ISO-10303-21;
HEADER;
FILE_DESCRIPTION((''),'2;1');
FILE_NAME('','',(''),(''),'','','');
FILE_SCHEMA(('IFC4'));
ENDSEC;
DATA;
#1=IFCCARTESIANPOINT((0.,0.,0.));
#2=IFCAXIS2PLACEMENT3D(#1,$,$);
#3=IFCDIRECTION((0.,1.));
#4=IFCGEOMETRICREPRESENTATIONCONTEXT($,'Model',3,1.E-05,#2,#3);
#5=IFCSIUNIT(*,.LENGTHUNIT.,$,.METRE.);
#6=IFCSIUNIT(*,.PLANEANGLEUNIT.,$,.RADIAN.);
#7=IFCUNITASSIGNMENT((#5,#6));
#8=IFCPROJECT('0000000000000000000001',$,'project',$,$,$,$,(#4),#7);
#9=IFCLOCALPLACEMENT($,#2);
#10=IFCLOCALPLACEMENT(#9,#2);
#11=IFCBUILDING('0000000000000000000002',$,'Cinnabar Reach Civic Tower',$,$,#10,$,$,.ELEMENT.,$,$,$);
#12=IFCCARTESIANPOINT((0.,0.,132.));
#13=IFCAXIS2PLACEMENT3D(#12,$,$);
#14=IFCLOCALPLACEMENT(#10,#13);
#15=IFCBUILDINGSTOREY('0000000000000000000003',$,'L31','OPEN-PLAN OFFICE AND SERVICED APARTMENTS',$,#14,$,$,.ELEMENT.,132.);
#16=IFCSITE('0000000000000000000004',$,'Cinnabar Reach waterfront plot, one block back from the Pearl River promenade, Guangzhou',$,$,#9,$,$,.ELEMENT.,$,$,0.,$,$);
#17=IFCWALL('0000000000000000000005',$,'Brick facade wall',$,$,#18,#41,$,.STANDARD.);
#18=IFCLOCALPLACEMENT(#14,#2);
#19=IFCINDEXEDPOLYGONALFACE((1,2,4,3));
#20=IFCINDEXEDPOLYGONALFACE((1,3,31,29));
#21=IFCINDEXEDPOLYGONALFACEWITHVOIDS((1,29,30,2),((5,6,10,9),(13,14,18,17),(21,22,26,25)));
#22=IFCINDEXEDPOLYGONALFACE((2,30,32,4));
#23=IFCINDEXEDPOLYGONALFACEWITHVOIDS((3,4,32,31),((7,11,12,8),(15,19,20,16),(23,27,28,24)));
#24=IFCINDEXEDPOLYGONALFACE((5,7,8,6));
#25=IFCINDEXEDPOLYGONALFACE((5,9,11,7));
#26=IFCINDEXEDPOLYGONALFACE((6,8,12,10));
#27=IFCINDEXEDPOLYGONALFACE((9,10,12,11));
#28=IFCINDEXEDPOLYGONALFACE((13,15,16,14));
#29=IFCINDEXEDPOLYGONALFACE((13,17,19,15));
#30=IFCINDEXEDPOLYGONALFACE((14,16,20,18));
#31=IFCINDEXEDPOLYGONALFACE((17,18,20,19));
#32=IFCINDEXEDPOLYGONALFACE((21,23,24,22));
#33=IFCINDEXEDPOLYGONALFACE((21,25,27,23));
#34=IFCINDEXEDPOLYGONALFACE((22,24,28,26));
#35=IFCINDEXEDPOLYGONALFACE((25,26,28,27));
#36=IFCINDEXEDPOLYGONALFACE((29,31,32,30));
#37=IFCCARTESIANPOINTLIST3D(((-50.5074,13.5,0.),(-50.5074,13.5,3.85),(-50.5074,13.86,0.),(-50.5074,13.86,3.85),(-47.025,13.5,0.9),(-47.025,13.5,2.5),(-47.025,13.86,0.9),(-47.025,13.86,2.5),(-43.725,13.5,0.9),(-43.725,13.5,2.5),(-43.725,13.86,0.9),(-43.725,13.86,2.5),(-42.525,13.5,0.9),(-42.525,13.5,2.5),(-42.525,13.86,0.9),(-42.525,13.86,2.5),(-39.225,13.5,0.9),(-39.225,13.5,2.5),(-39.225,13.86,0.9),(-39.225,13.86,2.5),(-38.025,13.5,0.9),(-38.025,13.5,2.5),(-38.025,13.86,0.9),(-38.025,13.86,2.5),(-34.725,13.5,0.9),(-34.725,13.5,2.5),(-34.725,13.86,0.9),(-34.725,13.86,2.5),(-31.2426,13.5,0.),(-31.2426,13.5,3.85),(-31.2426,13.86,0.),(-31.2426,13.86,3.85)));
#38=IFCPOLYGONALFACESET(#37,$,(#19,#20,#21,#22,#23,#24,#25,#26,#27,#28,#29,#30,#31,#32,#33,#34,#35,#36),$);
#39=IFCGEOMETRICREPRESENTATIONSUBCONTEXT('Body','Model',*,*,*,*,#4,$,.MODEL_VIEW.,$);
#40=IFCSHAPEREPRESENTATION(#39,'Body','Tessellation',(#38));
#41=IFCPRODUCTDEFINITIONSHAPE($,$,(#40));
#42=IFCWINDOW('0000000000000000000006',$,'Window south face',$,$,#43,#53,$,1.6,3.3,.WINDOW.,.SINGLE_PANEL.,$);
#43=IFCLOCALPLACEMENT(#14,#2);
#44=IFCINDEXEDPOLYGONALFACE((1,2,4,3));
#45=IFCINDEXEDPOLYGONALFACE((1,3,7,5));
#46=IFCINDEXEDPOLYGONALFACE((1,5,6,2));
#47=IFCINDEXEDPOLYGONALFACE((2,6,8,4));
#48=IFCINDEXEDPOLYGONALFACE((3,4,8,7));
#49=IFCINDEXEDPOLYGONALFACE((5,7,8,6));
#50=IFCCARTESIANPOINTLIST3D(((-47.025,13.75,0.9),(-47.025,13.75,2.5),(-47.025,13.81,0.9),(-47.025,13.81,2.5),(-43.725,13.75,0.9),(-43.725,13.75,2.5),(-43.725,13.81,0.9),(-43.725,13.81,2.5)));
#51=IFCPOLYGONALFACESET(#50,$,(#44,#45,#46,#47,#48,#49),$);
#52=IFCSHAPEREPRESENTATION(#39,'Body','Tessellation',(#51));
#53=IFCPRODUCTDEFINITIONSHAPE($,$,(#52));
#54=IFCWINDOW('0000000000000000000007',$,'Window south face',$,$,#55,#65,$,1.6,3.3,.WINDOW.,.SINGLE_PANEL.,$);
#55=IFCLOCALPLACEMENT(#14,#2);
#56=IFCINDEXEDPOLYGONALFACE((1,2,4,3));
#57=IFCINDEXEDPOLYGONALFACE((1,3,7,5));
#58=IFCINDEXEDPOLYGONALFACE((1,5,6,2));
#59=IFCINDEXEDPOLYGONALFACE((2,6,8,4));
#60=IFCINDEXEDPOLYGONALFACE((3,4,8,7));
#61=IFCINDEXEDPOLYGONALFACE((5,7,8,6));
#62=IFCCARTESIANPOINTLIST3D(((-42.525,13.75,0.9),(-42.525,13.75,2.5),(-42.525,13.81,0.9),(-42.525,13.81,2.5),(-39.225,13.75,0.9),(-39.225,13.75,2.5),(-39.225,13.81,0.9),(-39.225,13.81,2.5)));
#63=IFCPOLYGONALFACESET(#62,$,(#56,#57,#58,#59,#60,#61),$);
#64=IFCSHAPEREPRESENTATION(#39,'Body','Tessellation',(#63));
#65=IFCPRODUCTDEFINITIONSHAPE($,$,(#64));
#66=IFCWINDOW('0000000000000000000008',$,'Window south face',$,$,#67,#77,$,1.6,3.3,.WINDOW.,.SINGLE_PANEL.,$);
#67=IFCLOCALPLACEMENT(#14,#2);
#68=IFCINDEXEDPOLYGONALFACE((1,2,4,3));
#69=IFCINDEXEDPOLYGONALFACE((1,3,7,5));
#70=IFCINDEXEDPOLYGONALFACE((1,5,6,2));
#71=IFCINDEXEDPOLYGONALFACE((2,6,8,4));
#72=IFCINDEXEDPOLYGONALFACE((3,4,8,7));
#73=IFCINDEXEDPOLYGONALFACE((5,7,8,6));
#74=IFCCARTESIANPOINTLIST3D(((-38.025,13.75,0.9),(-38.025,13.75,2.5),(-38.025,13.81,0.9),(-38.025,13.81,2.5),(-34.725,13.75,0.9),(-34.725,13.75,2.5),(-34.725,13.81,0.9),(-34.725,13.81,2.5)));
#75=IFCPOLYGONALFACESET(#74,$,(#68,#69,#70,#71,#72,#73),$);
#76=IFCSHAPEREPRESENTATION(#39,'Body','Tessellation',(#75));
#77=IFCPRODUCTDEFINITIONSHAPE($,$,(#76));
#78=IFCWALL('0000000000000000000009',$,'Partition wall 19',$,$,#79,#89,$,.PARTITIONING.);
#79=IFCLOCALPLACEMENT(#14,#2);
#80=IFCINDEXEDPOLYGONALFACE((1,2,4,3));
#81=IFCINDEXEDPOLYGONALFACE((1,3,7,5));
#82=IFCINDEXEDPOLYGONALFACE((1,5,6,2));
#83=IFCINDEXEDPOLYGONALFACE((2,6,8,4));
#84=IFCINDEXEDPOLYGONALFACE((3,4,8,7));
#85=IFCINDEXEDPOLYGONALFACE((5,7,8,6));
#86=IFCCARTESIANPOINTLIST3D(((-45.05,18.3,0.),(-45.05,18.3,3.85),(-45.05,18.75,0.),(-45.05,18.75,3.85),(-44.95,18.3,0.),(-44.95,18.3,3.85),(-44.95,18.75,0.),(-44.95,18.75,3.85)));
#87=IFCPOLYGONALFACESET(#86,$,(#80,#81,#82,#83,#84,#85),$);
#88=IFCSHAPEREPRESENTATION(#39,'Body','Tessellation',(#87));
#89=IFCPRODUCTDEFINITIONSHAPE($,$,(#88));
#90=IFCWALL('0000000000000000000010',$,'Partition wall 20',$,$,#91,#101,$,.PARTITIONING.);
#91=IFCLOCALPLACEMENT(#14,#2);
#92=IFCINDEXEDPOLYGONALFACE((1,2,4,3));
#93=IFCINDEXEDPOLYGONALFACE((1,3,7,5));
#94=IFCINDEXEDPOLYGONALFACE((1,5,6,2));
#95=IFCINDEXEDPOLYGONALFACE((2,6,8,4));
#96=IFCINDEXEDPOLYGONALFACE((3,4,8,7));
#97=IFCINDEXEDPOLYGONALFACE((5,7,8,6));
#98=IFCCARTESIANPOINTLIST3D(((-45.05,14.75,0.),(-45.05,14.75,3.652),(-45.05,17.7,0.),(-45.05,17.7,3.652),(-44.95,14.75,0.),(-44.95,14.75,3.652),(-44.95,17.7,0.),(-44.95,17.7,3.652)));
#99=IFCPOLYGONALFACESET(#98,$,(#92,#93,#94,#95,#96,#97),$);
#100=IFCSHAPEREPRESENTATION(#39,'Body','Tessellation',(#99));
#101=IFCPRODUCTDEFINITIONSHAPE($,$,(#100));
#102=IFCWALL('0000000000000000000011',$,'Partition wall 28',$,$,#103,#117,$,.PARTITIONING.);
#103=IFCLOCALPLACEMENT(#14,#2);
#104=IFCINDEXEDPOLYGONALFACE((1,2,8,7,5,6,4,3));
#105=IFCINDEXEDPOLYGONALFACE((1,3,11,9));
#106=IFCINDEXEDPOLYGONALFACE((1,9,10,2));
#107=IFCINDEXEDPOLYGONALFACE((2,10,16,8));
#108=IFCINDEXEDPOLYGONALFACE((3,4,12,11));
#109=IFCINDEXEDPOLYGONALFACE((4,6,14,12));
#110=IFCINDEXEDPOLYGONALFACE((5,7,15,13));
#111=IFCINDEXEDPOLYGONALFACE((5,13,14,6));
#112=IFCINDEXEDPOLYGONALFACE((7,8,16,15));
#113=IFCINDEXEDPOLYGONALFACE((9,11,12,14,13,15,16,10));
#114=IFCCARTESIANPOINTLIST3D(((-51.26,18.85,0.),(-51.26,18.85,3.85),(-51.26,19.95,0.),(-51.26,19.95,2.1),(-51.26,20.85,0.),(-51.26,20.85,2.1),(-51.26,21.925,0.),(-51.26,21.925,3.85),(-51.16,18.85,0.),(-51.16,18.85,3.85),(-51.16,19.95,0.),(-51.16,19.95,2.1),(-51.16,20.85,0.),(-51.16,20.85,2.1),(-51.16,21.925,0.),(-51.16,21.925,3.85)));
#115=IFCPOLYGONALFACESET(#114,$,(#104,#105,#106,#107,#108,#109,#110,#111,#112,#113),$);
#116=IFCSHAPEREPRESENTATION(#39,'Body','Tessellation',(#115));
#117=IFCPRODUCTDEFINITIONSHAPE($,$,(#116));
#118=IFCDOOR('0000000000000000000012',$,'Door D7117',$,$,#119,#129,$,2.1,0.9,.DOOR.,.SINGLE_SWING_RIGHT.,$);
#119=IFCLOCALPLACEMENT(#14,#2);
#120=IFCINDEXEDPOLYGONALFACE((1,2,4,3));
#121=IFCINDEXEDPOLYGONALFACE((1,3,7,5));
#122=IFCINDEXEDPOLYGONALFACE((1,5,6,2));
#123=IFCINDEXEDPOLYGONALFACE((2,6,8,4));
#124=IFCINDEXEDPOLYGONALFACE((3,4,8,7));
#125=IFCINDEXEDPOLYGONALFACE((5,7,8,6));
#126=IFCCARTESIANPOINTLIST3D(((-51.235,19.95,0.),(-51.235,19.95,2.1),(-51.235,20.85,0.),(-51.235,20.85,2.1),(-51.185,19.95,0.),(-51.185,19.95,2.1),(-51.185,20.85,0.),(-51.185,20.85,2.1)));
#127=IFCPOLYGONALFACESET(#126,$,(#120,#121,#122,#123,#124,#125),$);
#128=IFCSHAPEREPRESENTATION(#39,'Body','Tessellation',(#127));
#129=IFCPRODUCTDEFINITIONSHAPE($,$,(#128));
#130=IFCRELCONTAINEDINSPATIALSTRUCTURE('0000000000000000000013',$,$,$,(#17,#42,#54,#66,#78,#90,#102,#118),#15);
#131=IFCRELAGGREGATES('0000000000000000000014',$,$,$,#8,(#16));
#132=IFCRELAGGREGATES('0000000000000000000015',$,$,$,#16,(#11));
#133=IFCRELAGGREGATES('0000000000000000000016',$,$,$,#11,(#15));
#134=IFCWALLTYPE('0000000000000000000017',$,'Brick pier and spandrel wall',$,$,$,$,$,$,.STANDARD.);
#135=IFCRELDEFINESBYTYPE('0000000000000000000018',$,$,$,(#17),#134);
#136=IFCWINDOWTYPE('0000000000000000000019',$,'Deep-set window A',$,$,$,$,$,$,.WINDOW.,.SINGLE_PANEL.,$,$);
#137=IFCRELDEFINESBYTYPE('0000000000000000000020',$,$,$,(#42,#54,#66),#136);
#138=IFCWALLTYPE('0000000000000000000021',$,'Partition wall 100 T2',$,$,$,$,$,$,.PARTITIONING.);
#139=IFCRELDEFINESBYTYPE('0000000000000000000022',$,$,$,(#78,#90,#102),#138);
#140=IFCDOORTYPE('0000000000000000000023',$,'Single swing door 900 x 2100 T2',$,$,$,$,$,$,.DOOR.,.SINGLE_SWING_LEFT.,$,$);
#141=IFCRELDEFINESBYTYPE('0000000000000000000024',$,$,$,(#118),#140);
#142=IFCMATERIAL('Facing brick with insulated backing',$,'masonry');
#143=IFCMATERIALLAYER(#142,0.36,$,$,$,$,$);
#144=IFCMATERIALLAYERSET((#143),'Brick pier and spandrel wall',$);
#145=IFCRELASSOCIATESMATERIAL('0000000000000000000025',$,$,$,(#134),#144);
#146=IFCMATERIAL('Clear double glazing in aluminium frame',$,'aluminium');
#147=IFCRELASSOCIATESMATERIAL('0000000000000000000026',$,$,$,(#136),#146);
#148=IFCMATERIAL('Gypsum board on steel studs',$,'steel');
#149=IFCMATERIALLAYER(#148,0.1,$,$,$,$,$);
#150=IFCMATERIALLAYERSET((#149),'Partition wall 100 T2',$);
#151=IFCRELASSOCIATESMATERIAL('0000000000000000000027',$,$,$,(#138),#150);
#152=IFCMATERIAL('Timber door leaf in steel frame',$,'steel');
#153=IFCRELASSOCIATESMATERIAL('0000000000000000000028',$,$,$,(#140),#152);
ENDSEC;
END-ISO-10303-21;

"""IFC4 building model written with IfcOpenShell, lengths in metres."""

from ifc_helpers import new_model, si_unit, direction, frame, frame_2d, origin, place, context, subcontext, project, spatial, rectangle, extrude, material, layer, layer_set, type_object, element, fill, save


model = new_model("IFC4")

# Units and contexts
model_context = context("Model", 3, precision=1e-05, world=origin(), true_north=direction((0.0, 1.0)))
body_context = subcontext(model_context, "Body", "Model", "MODEL_VIEW")
ifc_project = project(units=[si_unit("LENGTHUNIT", "METRE"), si_unit("PLANEANGLEUNIT", "RADIAN")], contexts=[model_context])

# Site, building, storey
site_placement = place(None, origin())
site = spatial("IfcSite", under=ifc_project, at=site_placement, Name="Cinnabar Reach waterfront plot, one block back from the Pearl River promenade, Guangzhou", CompositionType="ELEMENT", RefElevation=0.0)
building_placement = place(site_placement, origin())
building = spatial("IfcBuilding", under=site, at=building_placement, Name="Cinnabar Reach Civic Tower", CompositionType="ELEMENT")
storey_placement = place(building_placement, frame((0.0, 0.0, 132.0)))
storey = spatial("IfcBuildingStorey", under=building, at=storey_placement, Name="L31", Description="OPEN-PLAN OFFICE AND SERVICED APARTMENTS", CompositionType="ELEMENT", Elevation=132.0)

# Shared definitions
ifc_material_1 = material(Name="Facing brick with insulated backing", Category="masonry")

# Wall, openings, windows
ifc_layer_1 = layer(ifc_material_1, 0.36)
ifc_layer_set_1 = layer_set([ifc_layer_1], Name="Brick pier and spandrel wall")
wall_type_1 = type_object("IfcWallType", Name="Brick pier and spandrel wall", PredefinedType="STANDARD", material=ifc_layer_set_1)
wall_1_placement = place(storey_placement, frame((-50.5074, 13.68, 0.0), z_axis=(0.0, 0.0, 1.0), x_axis=(1.0, 0.0, 0.0)))
wall_1 = element("IfcWall", 1, at=wall_1_placement, inside=storey, type_object=wall_type_1, Name="Brick facade wall", PredefinedType="STANDARD", context=body_context, shape_type="SweptSolid", body=[
    extrude(rectangle(XDim=19.2648, YDim=0.36, at=frame_2d((9.6324, 0.0))), origin(), (0.0, 0.0, 1.0), 3.85),
])
opening_1_placement = place(wall_1_placement, frame((3.4824, 0.0, 0.9)))
opening_1 = element("IfcOpeningElement", 2, at=opening_1_placement, cuts=wall_1, PredefinedType="OPENING", context=body_context, shape_type="SweptSolid", body=[
    extrude(rectangle(XDim=3.3, YDim=1.6, at=frame_2d((1.65, 0.8))), frame((0.0, 0.19, 0.0), z_axis=(0.0, -1.0, 0.0), x_axis=(1.0, 0.0, 0.0)), (0.0, 0.0, 1.0), 0.38),
])
opening_2_placement = place(wall_1_placement, frame((7.9824, 0.0, 0.9)))
opening_2 = element("IfcOpeningElement", 3, at=opening_2_placement, cuts=wall_1, PredefinedType="OPENING", context=body_context, shape_type="SweptSolid", body=[
    extrude(rectangle(XDim=3.3, YDim=1.6, at=frame_2d((1.65, 0.8))), frame((0.0, 0.19, 0.0), z_axis=(0.0, -1.0, 0.0), x_axis=(1.0, 0.0, 0.0)), (0.0, 0.0, 1.0), 0.38),
])
opening_3_placement = place(wall_1_placement, frame((12.4824, 0.0, 0.9)))
opening_3 = element("IfcOpeningElement", 4, at=opening_3_placement, cuts=wall_1, PredefinedType="OPENING", context=body_context, shape_type="SweptSolid", body=[
    extrude(rectangle(XDim=3.3, YDim=1.6, at=frame_2d((1.65, 0.8))), frame((0.0, 0.19, 0.0), z_axis=(0.0, -1.0, 0.0), x_axis=(1.0, 0.0, 0.0)), (0.0, 0.0, 1.0), 0.38),
])
ifc_material_2 = material(Name="Clear double glazing in aluminium frame", Category="aluminium")
window_type = type_object("IfcWindowType", Name="Deep-set window A", PartitioningType="SINGLE_PANEL", PredefinedType="WINDOW", material=ifc_material_2)
window_1_placement = place(opening_1_placement, origin())
window_1 = element("IfcWindow", 5, at=window_1_placement, inside=storey, type_object=window_type, Name="Window south face", OverallHeight=1.6, OverallWidth=3.3, PartitioningType="SINGLE_PANEL", PredefinedType="WINDOW", context=body_context, shape_type="SweptSolid", body=[
    extrude(rectangle(XDim=3.3, YDim=1.6, at=frame_2d((1.65, 0.8))), frame((0.0, 0.13, 0.0), z_axis=(0.0, -1.0, 0.0), x_axis=(1.0, 0.0, 0.0)), (0.0, 0.0, 1.0), 0.06),
])
fill(opening_1, window_1)
window_2_placement = place(opening_2_placement, origin())
window_2 = element("IfcWindow", 6, at=window_2_placement, inside=storey, type_object=window_type, Name="Window south face", OverallHeight=1.6, OverallWidth=3.3, PartitioningType="SINGLE_PANEL", PredefinedType="WINDOW", context=body_context, shape_type="SweptSolid", body=[
    extrude(rectangle(XDim=3.3, YDim=1.6, at=frame_2d((1.65, 0.8))), frame((0.0, 0.13, 0.0), z_axis=(0.0, -1.0, 0.0), x_axis=(1.0, 0.0, 0.0)), (0.0, 0.0, 1.0), 0.06),
])
fill(opening_2, window_2)
window_3_placement = place(opening_3_placement, origin())
window_3 = element("IfcWindow", 7, at=window_3_placement, inside=storey, type_object=window_type, Name="Window south face", OverallHeight=1.6, OverallWidth=3.3, PartitioningType="SINGLE_PANEL", PredefinedType="WINDOW", context=body_context, shape_type="SweptSolid", body=[
    extrude(rectangle(XDim=3.3, YDim=1.6, at=frame_2d((1.65, 0.8))), frame((0.0, 0.13, 0.0), z_axis=(0.0, -1.0, 0.0), x_axis=(1.0, 0.0, 0.0)), (0.0, 0.0, 1.0), 0.06),
])
fill(opening_3, window_3)

# Walls
ifc_material_3 = material(Name="Gypsum board on steel studs", Category="steel")
ifc_layer_2 = layer(ifc_material_3, 0.1)
ifc_layer_set_2 = layer_set([ifc_layer_2], Name="Partition wall 100 T2")
wall_type_2 = type_object("IfcWallType", Name="Partition wall 100 T2", PredefinedType="PARTITIONING", material=ifc_layer_set_2)
wall_2_placement = place(storey_placement, frame((-45.0, 18.3, 0.0), z_axis=(0.0, 0.0, 1.0), x_axis=(0.0, 1.0, 0.0)))
element("IfcWall", 8, at=wall_2_placement, inside=storey, type_object=wall_type_2, Name="Partition wall 19", PredefinedType="PARTITIONING", context=body_context, shape_type="SweptSolid", body=[
    extrude(rectangle(XDim=0.45, YDim=0.1, at=frame_2d((0.225, 0.0))), origin(), (0.0, 0.0, 1.0), 3.85),
])
wall_3_placement = place(storey_placement, frame((-45.0, 14.75, 0.0), z_axis=(0.0, 0.0, 1.0), x_axis=(0.0, 1.0, 0.0)))
element("IfcWall", 9, at=wall_3_placement, inside=storey, type_object=wall_type_2, Name="Partition wall 20", PredefinedType="PARTITIONING", context=body_context, shape_type="SweptSolid", body=[
    extrude(rectangle(XDim=2.95, YDim=0.1, at=frame_2d((1.475, 0.0))), origin(), (0.0, 0.0, 1.0), 3.652),
])

# Wall, opening, door
wall_4_placement = place(storey_placement, frame((-51.21, 18.85, 0.0), z_axis=(0.0, 0.0, 1.0), x_axis=(0.0, 1.0, 0.0)))
wall_4 = element("IfcWall", 10, at=wall_4_placement, inside=storey, type_object=wall_type_2, Name="Partition wall 28", PredefinedType="PARTITIONING", context=body_context, shape_type="SweptSolid", body=[
    extrude(rectangle(XDim=3.075, YDim=0.1, at=frame_2d((1.5375, 0.0))), origin(), (0.0, 0.0, 1.0), 3.85),
])
opening_4_placement = place(wall_4_placement, frame((1.1, 0.0, 0.0)))
opening_4 = element("IfcOpeningElement", 11, at=opening_4_placement, cuts=wall_4, PredefinedType="OPENING", context=body_context, shape_type="SweptSolid", body=[
    extrude(rectangle(XDim=0.9, YDim=2.1, at=frame_2d((0.45, 1.05))), frame((0.0, 0.06, 0.0), z_axis=(0.0, -1.0, 0.0), x_axis=(1.0, 0.0, 0.0)), (0.0, 0.0, 1.0), 0.12),
])
ifc_material_4 = material(Name="Timber door leaf in steel frame", Category="steel")
door_type = type_object("IfcDoorType", Name="Single swing door 900 x 2100 T2", OperationType="SINGLE_SWING_LEFT", PredefinedType="DOOR", material=ifc_material_4)
door_placement = place(opening_4_placement, origin())
door = element("IfcDoor", 12, at=door_placement, inside=storey, type_object=door_type, Name="Door D7117", OperationType="SINGLE_SWING_RIGHT", OverallHeight=2.1, OverallWidth=0.9, PredefinedType="DOOR", context=body_context, shape_type="SweptSolid", body=[
    extrude(rectangle(XDim=0.9, YDim=2.1, at=frame_2d((0.45, 1.05))), frame((0.0, 0.025, 0.0), z_axis=(0.0, -1.0, 0.0), x_axis=(1.0, 0.0, 0.0)), (0.0, 0.0, 1.0), 0.05),
])
fill(opening_4, door)

save(model, "model.ifc")
